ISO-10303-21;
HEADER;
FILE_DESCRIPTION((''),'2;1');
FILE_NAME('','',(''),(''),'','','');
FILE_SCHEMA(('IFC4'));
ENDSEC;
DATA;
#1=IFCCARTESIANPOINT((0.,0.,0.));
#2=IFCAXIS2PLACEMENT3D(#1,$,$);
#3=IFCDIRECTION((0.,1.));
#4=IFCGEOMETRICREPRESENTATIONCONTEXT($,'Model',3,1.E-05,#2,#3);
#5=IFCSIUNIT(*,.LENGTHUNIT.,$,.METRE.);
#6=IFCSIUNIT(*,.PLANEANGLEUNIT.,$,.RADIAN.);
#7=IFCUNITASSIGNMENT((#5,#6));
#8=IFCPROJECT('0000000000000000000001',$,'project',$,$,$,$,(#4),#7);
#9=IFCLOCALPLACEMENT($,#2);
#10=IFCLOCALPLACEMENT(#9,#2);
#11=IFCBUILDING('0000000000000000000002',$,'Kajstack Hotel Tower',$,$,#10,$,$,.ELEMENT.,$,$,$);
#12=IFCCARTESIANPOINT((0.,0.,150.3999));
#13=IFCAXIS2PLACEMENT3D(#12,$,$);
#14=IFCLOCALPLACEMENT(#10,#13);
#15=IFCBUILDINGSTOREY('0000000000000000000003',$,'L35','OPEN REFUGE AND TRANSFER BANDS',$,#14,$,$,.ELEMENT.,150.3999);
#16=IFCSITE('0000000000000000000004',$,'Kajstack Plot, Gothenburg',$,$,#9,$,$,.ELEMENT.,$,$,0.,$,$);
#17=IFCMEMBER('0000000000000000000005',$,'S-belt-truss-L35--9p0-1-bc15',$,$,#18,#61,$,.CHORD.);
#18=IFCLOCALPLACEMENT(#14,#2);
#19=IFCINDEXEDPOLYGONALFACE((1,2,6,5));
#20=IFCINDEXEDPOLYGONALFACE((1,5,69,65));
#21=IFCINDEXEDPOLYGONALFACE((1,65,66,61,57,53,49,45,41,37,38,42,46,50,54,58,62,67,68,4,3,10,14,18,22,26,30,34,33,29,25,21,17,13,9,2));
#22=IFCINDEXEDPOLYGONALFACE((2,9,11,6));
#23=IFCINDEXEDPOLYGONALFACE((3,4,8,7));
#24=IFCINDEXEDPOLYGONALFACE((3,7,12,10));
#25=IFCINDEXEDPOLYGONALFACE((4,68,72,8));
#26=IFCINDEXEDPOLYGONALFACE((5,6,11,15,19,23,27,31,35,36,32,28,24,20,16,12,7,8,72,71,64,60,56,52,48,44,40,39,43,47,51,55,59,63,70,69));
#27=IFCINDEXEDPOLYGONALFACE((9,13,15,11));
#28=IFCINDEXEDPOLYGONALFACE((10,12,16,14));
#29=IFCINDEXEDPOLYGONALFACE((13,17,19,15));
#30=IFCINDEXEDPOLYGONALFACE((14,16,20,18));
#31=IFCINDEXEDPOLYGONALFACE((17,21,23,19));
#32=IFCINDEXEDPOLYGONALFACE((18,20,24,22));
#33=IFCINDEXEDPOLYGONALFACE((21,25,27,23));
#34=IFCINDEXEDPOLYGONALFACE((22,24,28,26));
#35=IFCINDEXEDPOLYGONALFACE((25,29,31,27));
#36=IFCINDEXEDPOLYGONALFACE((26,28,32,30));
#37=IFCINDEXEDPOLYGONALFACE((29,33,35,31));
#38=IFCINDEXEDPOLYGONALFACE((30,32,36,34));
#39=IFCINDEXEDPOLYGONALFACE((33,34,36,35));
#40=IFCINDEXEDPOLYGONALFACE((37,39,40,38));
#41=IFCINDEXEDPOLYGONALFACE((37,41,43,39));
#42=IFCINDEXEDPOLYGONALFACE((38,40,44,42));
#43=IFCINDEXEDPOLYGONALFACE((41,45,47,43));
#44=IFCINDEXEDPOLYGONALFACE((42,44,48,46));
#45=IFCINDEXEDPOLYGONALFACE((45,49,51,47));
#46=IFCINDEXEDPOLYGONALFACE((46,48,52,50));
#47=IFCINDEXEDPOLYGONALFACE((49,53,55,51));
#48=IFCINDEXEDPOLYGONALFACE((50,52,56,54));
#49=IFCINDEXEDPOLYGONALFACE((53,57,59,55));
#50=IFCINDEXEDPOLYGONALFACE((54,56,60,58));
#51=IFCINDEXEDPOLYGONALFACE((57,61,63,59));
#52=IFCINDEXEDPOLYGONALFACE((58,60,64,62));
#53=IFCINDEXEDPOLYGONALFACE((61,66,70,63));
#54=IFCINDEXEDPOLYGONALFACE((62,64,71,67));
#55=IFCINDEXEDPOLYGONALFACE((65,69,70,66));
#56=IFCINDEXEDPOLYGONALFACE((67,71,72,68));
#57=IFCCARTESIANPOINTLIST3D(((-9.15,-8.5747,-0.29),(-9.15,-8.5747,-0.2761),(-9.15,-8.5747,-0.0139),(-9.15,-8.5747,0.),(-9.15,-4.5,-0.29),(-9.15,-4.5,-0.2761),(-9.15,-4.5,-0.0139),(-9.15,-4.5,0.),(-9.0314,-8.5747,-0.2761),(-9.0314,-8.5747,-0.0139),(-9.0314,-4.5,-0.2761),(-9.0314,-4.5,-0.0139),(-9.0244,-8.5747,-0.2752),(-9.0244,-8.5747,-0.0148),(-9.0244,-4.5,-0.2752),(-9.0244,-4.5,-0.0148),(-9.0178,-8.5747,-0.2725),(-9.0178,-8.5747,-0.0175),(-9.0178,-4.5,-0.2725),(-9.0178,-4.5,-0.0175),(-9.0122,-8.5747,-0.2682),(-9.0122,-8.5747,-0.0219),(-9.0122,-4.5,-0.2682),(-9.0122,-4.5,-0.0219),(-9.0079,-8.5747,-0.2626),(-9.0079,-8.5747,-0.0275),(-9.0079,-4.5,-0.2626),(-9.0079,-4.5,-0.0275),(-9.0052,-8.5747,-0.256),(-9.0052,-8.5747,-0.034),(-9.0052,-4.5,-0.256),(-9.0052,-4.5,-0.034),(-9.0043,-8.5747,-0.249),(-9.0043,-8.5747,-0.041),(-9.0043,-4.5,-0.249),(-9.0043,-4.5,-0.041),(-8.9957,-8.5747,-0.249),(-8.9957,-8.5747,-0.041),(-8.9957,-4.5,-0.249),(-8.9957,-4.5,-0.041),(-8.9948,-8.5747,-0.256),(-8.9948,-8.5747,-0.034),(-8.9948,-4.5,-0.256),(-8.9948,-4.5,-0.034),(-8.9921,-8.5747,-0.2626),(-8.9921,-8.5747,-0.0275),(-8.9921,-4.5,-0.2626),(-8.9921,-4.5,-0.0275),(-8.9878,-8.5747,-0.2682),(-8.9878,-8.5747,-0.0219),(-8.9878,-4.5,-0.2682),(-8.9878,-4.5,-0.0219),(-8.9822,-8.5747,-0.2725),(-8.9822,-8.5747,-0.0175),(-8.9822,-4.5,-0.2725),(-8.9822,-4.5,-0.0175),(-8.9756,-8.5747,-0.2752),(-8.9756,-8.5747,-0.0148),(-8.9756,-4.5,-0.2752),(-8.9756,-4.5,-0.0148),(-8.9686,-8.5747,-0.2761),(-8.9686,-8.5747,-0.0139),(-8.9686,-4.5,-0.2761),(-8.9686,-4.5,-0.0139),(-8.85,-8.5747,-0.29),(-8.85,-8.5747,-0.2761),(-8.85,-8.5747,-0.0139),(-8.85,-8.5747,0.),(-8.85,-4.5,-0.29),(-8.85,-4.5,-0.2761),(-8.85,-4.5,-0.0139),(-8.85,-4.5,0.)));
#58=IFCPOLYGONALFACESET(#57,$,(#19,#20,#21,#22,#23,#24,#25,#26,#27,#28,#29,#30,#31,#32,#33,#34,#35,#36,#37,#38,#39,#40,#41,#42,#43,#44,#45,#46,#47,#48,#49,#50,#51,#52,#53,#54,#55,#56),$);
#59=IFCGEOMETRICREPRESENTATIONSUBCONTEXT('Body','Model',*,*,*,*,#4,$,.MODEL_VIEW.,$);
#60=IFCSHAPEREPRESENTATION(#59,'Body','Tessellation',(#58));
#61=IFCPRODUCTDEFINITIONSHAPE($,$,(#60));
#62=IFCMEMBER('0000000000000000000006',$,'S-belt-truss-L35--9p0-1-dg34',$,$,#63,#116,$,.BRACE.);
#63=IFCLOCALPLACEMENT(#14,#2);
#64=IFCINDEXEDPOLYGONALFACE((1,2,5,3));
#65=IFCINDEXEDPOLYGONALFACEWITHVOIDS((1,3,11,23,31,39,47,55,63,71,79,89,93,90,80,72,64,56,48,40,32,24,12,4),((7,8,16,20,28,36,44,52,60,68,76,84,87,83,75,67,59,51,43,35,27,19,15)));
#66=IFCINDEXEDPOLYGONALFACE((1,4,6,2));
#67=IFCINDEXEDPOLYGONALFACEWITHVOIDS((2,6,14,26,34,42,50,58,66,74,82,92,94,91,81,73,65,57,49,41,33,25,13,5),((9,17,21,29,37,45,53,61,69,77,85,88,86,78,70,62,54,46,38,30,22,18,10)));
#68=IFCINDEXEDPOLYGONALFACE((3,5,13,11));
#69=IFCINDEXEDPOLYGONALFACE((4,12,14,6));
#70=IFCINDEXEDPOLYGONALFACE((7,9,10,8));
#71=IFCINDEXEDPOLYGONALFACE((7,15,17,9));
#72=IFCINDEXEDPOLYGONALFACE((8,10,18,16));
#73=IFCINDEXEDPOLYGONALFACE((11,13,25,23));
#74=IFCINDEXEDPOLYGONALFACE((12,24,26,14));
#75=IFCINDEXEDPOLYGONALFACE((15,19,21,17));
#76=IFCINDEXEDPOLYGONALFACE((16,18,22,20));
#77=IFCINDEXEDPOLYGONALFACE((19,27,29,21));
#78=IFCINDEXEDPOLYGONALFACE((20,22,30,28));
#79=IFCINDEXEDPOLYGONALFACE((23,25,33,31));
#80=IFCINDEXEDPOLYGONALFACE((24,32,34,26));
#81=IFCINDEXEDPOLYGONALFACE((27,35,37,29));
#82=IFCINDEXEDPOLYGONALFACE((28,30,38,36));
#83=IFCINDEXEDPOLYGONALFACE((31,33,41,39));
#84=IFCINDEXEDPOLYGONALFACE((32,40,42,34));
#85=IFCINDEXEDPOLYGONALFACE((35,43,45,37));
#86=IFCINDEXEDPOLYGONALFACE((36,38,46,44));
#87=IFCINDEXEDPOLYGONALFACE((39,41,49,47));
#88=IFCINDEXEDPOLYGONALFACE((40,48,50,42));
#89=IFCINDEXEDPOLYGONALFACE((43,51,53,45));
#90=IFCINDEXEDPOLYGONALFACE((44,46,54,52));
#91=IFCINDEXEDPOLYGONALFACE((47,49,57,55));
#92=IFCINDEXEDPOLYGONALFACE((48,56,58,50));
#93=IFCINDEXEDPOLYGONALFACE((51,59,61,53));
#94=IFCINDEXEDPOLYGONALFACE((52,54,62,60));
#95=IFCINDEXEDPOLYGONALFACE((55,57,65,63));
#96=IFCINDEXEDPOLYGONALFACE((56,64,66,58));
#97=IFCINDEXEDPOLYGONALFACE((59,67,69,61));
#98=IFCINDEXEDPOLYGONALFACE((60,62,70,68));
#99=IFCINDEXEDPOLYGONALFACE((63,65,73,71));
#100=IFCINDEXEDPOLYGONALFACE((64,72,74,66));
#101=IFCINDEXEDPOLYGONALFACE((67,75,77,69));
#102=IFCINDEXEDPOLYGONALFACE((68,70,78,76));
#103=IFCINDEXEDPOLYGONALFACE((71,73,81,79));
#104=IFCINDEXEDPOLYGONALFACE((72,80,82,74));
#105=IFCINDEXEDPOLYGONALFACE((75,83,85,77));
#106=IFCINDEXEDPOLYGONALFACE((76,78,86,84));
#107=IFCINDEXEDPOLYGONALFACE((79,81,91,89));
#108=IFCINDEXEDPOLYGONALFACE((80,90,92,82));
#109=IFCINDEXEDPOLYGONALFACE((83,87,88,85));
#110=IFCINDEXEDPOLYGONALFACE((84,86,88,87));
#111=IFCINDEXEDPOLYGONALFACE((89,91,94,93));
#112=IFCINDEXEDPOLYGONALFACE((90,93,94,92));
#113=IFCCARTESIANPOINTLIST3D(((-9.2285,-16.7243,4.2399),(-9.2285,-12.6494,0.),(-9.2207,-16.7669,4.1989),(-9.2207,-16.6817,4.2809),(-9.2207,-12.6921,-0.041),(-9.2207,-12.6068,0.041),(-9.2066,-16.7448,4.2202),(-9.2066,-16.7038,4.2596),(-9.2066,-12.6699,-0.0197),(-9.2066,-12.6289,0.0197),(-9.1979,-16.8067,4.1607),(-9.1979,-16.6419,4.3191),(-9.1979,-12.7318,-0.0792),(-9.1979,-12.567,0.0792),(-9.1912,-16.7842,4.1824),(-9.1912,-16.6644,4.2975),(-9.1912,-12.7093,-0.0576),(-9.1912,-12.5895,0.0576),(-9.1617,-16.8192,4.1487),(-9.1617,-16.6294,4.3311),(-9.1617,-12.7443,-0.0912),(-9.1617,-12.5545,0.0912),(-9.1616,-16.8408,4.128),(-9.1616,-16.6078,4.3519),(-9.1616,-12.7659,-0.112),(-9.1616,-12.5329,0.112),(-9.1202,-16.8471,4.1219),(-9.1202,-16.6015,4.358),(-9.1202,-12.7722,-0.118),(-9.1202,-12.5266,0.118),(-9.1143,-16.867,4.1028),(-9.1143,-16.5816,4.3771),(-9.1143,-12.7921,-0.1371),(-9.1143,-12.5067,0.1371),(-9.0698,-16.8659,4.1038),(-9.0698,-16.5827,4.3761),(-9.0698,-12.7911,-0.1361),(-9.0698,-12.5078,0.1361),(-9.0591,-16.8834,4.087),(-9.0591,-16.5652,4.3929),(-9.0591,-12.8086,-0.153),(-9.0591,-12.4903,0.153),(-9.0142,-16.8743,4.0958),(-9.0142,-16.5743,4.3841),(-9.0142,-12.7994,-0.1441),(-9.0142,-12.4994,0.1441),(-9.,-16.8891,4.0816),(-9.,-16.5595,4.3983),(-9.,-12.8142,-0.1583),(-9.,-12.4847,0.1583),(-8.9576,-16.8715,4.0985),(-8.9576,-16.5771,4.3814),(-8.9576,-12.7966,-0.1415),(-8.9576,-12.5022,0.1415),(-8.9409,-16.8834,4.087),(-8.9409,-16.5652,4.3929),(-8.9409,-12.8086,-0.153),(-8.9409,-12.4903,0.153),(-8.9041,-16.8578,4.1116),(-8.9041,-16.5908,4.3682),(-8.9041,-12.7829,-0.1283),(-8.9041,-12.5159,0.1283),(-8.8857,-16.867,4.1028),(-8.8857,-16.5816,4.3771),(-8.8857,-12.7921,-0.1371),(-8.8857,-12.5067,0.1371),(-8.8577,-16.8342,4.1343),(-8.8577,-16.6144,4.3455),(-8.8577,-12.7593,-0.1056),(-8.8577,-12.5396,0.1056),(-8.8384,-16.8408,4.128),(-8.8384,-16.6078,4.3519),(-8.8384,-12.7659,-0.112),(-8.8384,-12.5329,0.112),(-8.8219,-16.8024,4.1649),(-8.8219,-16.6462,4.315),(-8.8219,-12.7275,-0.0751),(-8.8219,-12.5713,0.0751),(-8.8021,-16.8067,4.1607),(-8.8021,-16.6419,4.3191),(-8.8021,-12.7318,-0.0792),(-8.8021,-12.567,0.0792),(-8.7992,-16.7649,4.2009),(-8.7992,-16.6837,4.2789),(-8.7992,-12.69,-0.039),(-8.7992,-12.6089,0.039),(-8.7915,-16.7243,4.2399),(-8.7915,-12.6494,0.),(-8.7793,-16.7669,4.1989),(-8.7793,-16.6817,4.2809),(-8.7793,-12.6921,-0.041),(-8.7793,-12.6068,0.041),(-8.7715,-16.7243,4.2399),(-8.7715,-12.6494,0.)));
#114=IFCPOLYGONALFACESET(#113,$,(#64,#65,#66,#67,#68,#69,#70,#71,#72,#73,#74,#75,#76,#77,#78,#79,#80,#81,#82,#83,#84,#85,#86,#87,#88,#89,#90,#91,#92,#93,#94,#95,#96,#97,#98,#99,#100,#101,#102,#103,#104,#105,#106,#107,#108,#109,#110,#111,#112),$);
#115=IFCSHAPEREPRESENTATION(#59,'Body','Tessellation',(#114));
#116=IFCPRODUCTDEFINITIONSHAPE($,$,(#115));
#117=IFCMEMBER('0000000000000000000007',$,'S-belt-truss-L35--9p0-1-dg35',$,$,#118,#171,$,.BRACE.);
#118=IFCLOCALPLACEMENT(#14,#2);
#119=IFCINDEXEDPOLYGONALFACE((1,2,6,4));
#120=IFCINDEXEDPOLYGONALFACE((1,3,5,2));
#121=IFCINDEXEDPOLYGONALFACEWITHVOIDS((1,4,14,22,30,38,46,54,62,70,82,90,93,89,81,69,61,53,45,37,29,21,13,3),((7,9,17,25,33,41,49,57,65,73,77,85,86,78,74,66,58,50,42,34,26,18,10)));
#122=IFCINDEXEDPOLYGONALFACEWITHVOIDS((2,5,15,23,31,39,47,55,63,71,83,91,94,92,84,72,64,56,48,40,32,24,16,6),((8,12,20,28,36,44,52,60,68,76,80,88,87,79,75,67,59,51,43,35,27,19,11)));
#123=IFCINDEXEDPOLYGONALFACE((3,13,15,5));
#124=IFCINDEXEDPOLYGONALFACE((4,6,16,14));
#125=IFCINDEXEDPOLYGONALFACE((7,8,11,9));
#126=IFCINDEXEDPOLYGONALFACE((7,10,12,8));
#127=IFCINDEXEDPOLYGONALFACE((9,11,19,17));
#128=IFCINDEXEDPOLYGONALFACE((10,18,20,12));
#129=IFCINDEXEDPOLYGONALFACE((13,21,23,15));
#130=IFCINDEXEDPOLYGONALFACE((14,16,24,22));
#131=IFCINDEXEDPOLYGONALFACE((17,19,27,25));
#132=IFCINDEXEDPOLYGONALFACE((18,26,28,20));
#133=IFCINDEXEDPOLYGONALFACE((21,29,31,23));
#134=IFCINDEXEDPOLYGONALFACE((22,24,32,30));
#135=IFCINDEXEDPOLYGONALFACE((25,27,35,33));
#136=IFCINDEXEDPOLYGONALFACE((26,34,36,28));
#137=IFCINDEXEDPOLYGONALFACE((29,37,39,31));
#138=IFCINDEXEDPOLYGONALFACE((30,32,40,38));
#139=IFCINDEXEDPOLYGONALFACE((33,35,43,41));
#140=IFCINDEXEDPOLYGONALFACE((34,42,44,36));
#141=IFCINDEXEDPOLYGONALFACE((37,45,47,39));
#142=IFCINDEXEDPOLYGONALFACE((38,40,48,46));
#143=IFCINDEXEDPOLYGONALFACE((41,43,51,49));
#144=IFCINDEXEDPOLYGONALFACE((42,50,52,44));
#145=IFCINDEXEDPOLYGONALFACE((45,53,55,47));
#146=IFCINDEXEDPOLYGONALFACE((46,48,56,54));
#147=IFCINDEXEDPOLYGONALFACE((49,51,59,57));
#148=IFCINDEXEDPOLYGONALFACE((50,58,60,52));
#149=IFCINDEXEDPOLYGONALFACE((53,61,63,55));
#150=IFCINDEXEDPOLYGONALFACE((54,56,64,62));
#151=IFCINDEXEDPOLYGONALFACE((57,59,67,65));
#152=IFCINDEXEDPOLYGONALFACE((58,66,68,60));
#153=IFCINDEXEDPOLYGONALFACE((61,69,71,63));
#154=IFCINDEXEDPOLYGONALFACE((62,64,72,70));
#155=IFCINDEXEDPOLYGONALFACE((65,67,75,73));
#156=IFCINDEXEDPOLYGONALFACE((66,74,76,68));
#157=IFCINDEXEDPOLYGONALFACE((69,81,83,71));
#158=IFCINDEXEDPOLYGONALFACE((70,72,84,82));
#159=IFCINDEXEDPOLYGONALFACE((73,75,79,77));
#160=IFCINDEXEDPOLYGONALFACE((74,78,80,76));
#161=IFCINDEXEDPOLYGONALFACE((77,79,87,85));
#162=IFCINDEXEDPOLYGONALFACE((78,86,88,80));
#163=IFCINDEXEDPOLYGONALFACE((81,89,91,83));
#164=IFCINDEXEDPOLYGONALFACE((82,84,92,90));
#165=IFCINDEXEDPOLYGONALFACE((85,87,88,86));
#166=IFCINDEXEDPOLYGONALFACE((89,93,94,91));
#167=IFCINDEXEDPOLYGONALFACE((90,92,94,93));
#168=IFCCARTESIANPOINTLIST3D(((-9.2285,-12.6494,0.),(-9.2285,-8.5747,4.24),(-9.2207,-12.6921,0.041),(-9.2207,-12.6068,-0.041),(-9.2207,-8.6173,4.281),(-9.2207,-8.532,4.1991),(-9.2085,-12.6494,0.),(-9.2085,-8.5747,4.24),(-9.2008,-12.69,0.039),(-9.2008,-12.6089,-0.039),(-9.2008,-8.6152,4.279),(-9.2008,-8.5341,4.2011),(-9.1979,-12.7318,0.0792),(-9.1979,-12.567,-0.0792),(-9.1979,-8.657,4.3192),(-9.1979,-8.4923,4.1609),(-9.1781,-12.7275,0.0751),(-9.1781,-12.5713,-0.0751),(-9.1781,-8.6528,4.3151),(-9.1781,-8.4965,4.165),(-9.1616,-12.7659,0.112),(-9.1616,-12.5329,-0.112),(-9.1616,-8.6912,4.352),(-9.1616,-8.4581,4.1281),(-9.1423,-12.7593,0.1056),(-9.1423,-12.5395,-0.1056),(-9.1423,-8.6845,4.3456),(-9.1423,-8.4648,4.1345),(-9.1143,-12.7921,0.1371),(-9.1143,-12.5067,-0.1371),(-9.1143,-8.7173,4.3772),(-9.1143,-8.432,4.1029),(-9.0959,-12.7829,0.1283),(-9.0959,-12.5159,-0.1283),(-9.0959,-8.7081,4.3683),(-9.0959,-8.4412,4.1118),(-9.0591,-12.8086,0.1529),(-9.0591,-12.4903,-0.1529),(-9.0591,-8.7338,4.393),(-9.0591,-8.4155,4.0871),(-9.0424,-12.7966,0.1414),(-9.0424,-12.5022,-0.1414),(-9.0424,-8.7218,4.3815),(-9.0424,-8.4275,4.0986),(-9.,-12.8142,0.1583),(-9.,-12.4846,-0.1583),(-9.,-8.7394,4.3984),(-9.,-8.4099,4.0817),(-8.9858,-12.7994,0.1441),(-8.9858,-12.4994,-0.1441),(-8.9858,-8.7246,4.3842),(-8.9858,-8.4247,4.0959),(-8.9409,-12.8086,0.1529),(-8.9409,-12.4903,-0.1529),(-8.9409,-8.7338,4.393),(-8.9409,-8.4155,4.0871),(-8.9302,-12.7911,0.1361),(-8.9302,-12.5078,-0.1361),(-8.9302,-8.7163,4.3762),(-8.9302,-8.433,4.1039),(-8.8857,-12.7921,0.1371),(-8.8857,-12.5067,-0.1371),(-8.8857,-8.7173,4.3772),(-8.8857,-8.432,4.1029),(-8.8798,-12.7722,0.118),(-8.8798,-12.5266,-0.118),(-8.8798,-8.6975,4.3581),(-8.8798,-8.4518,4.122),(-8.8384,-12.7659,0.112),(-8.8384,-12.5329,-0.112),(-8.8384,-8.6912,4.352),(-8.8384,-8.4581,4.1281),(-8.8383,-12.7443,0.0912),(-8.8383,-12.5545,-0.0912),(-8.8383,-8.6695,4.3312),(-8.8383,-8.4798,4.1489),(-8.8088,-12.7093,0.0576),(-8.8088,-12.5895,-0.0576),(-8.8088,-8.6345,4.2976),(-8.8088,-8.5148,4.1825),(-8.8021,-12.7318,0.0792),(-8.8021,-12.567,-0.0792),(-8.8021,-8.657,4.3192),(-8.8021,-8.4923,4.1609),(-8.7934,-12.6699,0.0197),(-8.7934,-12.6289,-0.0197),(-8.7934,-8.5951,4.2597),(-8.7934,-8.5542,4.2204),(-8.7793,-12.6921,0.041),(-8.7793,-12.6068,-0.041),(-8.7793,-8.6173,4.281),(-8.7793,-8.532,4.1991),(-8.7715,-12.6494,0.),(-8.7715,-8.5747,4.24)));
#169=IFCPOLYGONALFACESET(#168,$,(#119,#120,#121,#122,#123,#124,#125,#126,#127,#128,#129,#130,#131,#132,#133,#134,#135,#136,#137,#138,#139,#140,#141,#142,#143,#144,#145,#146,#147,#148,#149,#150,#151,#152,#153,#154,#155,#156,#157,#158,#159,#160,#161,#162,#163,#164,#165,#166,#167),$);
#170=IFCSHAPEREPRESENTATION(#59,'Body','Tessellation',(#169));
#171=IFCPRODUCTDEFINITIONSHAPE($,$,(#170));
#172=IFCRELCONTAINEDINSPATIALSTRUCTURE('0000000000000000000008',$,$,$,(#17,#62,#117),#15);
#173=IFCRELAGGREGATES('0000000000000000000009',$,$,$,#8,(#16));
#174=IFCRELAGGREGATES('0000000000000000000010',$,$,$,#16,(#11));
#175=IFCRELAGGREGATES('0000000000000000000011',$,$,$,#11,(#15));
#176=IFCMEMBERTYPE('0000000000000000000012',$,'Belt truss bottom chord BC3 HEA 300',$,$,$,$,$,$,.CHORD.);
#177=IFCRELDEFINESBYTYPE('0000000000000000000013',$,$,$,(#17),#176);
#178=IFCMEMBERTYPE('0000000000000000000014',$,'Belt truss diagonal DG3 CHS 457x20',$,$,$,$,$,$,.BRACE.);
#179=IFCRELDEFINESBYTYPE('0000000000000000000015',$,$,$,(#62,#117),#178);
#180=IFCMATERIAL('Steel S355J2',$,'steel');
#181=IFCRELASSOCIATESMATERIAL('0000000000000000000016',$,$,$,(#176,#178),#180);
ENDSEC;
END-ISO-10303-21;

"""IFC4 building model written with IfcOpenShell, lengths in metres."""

from ifc_helpers import new_model, si_unit, direction, frame, origin, origin_2d, place, context, subcontext, project, spatial, hollow_circle, i_section, extrude, material, material_profile, profile_set, type_object, element, save


model = new_model("IFC4")

# Units and contexts
model_context = context("Model", 3, precision=1e-05, world=origin(), true_north=direction((0.0, 1.0)))
body_context = subcontext(model_context, "Body", "Model", "MODEL_VIEW")
ifc_project = project(units=[si_unit("LENGTHUNIT", "METRE"), si_unit("PLANEANGLEUNIT", "RADIAN")], contexts=[model_context])

# Site, building, storey
site_placement = place(None, origin())
site = spatial("IfcSite", under=ifc_project, at=site_placement, Name="Kajstack Plot, Gothenburg", CompositionType="ELEMENT", RefElevation=0.0)
building_placement = place(site_placement, origin())
building = spatial("IfcBuilding", under=site, at=building_placement, Name="Kajstack Hotel Tower", CompositionType="ELEMENT")
storey_placement = place(building_placement, frame((0.0, 0.0, 150.3999)))
storey = spatial("IfcBuildingStorey", under=building, at=storey_placement, Name="L35", Description="OPEN REFUGE AND TRANSFER BANDS", CompositionType="ELEMENT", Elevation=150.3999)

# Members
ifc_material_1 = material(Name="Steel S355J2", Category="steel")
ifc_material_profile_1 = material_profile(ifc_material_1, i_section(OverallWidth=0.3, OverallDepth=0.29, WebThickness=0.0085, FlangeThickness=0.0139, FilletRadius=0.0271, at=origin_2d()), Name="HEA 300")
ifc_profile_set_1 = profile_set([ifc_material_profile_1], Name="Steel S355J2")
member_type_1 = type_object("IfcMemberType", Name="Belt truss bottom chord BC3 HEA 300", PredefinedType="CHORD", material=ifc_profile_set_1)
member_1_placement = place(storey_placement, frame((-9.0, -8.5747, -0.145), z_axis=(0.0, 1.0, 0.0), x_axis=(-1.0, 0.0, 0.0)))
element("IfcMember", 1, at=member_1_placement, inside=storey, type_object=member_type_1, Name="S-belt-truss-L35--9p0-1-bc15", PredefinedType="CHORD", context=body_context, shape_type="SweptSolid", body=[
    extrude(i_section(OverallWidth=0.3, OverallDepth=0.29, WebThickness=0.0085, FlangeThickness=0.0139, FilletRadius=0.0271, at=origin_2d()), origin(), (0.0, 0.0, 1.0), 4.0747),
])
ifc_material_profile_2 = material_profile(ifc_material_1, hollow_circle(Radius=0.2285, WallThickness=0.02, at=origin_2d()), Name="CHS 457x20")
ifc_profile_set_2 = profile_set([ifc_material_profile_2], Name="Steel S355J2")
member_type_2 = type_object("IfcMemberType", Name="Belt truss diagonal DG3 CHS 457x20", PredefinedType="BRACE", material=ifc_profile_set_2)
for number, where, z_axis, x_axis, name in (
    (2, (-9.0, -12.6494, 0.0), (0.0, -0.692935, 0.721), (1.0, 0.0, 0.0), "S-belt-truss-L35--9p0-1-dg34"),
    (3, (-9.0, -12.6494, 0.0), (0.0, 0.692914, 0.721021), (-1.0, 0.0, 0.0), "S-belt-truss-L35--9p0-1-dg35"),
):
    element("IfcMember", number, at=place(storey_placement, frame(where, z_axis=z_axis, x_axis=x_axis)), inside=storey, type_object=member_type_2, Name=name, PredefinedType="BRACE", context=body_context, shape_type="SweptSolid", body=[
        extrude(hollow_circle(Radius=0.2285, WallThickness=0.02, at=origin_2d()), origin(), (0.0, 0.0, 1.0), 5.8806),
    ])

save(model, "model.ifc")
